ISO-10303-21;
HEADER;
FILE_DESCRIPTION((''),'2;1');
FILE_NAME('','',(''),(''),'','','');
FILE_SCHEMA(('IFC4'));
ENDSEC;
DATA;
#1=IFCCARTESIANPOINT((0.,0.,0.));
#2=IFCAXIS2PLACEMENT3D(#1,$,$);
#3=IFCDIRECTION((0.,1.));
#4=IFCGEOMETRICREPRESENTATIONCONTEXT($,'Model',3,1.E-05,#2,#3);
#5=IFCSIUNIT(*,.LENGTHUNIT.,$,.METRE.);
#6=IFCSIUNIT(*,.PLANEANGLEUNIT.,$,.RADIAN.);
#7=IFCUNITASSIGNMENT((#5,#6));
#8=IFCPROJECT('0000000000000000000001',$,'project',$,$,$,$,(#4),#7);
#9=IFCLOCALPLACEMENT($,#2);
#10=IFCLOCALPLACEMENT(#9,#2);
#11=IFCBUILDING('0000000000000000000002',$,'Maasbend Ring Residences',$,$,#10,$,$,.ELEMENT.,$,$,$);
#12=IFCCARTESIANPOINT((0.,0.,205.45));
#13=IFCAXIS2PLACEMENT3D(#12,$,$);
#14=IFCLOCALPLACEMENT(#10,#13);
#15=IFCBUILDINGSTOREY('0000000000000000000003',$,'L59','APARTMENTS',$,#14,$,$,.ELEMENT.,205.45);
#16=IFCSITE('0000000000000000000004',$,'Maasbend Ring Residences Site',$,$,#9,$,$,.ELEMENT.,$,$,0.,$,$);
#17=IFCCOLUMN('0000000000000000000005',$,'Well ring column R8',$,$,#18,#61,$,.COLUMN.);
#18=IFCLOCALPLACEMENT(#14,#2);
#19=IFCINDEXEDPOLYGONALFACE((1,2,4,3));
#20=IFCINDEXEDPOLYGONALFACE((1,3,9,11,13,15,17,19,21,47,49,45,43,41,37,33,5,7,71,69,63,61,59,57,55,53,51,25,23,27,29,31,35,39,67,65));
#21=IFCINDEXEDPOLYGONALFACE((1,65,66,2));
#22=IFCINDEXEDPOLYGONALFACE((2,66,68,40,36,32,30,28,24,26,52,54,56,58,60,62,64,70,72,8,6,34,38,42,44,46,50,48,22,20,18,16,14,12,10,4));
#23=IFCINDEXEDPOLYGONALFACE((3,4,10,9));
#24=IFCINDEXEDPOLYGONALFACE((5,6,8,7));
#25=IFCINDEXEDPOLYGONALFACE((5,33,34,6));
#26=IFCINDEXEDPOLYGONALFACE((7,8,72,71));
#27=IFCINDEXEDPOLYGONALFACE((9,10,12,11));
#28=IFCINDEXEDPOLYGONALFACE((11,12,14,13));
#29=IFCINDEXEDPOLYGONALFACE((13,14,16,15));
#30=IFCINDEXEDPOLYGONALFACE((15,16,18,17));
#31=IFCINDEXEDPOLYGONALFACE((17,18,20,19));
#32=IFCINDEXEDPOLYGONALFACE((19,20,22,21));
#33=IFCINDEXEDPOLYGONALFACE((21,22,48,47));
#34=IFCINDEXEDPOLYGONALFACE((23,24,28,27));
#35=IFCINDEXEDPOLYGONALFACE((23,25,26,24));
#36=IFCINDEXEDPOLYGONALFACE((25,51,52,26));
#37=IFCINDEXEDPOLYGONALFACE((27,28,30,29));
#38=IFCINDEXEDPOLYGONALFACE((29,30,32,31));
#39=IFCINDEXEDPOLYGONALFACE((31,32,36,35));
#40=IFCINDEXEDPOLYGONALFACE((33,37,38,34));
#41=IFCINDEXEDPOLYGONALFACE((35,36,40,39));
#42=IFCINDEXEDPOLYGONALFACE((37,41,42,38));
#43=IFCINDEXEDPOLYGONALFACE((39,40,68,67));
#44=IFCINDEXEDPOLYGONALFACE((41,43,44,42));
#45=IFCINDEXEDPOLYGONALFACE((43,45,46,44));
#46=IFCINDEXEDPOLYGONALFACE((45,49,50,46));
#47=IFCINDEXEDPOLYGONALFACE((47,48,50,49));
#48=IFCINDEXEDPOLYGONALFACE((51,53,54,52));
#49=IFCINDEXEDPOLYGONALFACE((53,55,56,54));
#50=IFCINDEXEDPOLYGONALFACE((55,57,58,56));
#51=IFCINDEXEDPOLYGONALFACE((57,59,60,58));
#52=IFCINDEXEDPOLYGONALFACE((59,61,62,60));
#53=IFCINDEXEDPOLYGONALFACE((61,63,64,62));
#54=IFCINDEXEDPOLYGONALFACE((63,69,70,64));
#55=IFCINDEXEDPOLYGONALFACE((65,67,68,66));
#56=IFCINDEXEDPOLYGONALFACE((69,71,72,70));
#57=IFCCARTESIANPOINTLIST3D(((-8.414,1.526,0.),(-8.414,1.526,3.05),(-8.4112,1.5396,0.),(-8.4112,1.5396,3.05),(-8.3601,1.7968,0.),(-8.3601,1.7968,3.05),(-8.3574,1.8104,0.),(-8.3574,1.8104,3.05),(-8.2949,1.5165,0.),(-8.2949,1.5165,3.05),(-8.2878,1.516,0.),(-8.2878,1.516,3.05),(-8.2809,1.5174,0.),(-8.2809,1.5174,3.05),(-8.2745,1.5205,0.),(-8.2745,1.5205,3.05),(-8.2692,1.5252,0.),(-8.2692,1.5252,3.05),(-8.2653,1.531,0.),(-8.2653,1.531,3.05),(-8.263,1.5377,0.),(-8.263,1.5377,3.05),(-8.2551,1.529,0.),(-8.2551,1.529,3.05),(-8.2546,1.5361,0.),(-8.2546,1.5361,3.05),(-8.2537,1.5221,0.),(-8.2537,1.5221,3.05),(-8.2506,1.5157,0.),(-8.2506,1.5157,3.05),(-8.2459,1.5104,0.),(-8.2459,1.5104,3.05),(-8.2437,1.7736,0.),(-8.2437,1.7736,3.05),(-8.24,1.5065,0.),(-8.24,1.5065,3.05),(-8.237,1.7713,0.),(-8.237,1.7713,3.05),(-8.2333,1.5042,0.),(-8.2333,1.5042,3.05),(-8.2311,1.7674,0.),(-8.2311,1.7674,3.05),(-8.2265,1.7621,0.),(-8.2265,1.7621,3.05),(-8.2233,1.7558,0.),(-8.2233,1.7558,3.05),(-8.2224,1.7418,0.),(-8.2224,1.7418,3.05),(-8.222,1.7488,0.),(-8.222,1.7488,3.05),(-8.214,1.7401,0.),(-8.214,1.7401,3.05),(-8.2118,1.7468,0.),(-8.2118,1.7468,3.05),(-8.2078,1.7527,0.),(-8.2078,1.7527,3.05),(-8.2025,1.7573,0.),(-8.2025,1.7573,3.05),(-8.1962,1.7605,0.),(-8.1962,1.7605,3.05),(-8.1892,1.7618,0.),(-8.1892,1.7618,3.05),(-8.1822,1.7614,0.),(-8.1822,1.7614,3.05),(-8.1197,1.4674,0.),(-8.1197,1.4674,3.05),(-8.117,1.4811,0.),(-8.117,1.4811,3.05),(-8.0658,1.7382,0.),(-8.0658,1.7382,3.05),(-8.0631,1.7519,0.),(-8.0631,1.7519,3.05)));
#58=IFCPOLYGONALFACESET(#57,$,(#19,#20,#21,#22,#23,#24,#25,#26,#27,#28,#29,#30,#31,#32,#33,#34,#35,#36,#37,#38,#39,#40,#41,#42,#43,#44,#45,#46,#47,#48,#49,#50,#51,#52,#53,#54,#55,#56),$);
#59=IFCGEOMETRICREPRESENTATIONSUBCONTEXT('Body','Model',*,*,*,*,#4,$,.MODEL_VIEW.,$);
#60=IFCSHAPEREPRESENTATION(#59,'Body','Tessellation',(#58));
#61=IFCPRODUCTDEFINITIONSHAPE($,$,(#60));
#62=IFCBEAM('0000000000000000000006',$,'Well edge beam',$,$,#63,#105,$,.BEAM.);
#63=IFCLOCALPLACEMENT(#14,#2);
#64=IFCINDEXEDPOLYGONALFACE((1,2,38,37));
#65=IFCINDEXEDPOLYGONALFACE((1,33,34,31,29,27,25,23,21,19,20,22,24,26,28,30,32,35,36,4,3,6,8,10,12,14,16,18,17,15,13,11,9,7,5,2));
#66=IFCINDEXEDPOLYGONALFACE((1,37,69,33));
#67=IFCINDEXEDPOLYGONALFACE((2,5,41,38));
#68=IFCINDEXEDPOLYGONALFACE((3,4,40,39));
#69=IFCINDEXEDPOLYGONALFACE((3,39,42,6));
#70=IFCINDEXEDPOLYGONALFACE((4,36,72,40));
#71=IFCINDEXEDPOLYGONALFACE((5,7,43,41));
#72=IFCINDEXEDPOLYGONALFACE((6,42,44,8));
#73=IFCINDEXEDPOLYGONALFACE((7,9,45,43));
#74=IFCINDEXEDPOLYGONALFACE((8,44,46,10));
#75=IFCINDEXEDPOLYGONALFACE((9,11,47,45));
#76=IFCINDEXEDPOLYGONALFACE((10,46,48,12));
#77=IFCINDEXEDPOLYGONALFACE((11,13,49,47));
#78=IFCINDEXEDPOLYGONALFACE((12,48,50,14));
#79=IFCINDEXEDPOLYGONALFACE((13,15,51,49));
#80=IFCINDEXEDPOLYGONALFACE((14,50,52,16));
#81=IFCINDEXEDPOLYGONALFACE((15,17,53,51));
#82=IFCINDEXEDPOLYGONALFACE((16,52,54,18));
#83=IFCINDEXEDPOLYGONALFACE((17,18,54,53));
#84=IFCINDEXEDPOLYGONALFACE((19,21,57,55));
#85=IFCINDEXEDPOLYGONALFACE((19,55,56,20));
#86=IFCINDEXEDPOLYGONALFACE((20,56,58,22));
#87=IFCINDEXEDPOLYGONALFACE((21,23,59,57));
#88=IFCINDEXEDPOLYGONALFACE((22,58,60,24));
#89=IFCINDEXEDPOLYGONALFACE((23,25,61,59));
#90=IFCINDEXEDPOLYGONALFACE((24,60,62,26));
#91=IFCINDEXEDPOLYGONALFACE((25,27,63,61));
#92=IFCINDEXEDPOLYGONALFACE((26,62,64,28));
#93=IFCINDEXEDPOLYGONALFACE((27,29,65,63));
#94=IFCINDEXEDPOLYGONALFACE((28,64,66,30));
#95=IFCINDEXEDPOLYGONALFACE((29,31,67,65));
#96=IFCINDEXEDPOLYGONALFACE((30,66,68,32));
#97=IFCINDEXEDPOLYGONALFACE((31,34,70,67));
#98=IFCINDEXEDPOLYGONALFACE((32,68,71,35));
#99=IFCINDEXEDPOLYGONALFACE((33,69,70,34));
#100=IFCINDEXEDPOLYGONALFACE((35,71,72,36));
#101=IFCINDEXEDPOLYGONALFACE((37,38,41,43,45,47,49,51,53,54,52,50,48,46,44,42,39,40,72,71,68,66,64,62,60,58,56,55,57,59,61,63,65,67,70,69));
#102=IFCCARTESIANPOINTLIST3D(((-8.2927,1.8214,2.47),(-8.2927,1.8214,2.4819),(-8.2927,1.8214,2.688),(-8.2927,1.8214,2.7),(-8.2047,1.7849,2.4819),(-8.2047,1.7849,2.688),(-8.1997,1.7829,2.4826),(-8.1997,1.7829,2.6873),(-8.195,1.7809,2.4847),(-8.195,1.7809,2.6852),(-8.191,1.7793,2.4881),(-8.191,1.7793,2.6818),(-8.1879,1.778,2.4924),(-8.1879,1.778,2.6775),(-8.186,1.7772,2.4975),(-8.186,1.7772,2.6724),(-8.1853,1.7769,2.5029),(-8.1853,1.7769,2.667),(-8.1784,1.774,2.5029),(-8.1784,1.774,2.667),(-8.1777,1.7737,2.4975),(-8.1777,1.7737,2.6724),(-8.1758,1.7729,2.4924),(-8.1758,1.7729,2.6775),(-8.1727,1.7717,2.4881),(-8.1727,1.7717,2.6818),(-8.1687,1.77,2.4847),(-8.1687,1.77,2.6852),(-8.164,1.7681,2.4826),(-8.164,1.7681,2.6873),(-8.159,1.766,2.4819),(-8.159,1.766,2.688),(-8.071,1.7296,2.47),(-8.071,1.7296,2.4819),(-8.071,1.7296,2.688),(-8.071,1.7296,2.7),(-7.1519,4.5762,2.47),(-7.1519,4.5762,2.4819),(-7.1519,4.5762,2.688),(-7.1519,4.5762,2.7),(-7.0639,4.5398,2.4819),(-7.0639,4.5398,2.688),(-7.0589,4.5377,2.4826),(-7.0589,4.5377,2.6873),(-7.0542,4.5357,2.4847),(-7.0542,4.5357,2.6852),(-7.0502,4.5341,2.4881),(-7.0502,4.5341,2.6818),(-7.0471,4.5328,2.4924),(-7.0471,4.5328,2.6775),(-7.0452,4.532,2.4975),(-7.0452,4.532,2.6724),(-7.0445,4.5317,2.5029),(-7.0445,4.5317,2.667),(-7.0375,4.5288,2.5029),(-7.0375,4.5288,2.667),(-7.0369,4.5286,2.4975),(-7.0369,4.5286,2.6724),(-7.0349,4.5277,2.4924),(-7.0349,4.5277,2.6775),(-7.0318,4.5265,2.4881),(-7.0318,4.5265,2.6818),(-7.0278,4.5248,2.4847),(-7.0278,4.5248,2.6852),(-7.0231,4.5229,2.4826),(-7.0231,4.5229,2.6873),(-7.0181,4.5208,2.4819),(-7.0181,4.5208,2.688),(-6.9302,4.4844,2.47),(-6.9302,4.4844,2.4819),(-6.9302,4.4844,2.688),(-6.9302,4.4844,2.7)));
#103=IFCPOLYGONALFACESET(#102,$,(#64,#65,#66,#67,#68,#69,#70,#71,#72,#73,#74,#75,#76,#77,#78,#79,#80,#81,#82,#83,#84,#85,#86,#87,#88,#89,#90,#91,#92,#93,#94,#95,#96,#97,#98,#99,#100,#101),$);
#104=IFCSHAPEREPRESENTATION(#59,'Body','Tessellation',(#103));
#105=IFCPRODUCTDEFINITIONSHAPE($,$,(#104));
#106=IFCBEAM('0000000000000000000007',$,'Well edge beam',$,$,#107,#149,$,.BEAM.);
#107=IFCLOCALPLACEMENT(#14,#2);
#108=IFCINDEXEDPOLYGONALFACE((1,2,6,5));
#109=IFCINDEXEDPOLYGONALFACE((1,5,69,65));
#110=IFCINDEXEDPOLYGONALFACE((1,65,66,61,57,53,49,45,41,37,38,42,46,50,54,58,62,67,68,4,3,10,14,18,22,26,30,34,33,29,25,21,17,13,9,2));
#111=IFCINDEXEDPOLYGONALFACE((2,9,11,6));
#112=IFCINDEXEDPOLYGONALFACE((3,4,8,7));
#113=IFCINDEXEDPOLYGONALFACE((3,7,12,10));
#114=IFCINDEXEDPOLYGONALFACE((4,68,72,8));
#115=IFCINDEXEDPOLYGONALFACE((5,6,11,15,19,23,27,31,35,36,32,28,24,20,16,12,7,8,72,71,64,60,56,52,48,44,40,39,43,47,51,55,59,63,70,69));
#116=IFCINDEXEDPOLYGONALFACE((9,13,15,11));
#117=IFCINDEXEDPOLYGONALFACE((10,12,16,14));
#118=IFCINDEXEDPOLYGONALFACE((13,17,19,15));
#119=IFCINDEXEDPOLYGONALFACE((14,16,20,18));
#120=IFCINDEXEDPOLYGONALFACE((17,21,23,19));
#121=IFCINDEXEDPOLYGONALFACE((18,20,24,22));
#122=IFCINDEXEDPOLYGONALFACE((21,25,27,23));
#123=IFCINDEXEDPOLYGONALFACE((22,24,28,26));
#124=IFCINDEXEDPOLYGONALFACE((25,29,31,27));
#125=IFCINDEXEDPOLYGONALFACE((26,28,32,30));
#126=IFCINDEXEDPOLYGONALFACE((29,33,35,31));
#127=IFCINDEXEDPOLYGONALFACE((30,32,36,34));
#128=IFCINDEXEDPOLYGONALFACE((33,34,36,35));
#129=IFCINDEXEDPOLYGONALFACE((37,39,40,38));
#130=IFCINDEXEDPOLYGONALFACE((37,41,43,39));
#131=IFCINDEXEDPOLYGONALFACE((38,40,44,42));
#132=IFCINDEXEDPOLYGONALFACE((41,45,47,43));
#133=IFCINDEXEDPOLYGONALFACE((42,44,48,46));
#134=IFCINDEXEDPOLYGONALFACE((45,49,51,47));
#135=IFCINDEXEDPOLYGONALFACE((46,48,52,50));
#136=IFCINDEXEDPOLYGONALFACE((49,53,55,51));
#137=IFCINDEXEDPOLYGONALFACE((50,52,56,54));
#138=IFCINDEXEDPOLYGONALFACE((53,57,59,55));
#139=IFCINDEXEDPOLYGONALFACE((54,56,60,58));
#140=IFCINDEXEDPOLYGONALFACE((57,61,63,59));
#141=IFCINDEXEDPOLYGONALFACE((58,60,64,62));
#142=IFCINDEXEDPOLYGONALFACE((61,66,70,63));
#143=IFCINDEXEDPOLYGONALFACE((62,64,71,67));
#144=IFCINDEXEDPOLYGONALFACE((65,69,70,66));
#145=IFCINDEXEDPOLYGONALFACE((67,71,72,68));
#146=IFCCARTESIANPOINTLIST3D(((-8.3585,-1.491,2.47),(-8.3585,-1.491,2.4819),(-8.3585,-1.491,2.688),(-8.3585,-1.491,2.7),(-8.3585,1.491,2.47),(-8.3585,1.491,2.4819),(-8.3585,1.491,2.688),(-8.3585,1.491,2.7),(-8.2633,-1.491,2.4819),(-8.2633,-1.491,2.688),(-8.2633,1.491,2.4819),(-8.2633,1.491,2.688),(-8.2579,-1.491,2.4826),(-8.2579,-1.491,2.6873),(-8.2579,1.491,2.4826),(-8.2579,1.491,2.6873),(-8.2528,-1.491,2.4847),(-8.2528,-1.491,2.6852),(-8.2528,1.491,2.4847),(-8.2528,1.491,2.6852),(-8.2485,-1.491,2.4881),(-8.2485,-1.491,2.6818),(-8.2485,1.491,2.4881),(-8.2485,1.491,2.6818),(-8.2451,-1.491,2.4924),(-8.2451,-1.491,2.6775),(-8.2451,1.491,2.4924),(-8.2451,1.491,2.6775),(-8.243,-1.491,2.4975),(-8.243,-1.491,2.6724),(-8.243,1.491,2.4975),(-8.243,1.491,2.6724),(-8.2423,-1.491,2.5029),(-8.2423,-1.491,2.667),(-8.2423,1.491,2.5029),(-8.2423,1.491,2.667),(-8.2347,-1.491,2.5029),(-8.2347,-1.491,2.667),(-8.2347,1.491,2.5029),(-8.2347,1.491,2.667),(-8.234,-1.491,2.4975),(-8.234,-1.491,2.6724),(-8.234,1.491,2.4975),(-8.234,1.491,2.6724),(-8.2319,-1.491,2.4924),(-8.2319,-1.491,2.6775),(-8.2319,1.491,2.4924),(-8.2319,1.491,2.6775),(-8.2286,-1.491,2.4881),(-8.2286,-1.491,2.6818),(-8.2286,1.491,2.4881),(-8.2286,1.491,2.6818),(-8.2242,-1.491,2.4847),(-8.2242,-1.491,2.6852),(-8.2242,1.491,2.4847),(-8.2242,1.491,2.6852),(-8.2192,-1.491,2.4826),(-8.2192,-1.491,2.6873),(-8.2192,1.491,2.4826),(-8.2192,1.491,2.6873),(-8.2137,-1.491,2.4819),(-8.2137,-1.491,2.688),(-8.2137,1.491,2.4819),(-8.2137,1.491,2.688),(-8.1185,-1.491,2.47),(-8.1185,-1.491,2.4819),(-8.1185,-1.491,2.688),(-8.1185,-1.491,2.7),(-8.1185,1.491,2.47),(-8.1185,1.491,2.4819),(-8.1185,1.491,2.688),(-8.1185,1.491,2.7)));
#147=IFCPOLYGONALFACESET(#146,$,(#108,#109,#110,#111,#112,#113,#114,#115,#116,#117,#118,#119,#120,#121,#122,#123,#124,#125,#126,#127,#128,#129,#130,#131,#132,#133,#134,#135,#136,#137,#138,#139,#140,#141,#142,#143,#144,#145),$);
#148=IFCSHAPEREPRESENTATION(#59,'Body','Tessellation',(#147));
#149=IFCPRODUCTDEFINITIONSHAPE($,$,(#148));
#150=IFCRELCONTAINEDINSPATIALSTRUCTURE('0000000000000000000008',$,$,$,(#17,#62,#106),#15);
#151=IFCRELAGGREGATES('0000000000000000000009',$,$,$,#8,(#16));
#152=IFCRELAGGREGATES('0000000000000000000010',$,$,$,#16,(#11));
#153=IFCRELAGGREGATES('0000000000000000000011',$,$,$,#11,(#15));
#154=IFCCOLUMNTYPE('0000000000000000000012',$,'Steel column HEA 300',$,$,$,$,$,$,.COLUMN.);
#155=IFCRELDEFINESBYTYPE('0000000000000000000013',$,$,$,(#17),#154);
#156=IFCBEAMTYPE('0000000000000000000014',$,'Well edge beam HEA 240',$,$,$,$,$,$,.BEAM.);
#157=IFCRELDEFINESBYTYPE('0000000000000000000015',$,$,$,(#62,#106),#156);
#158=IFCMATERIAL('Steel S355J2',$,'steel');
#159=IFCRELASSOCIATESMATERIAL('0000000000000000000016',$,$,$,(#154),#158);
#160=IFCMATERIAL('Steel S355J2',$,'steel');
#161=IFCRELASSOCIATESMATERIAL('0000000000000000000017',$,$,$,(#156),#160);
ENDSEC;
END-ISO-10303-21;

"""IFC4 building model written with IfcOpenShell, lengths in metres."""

from ifc_helpers import new_model, si_unit, direction, frame, origin, origin_2d, place, context, subcontext, project, spatial, i_section, extrude, material, material_profile, profile_set, type_object, element, save


model = new_model("IFC4")

# Units and contexts
model_context = context("Model", 3, precision=1e-05, world=origin(), true_north=direction((0.0, 1.0)))
body_context = subcontext(model_context, "Body", "Model", "MODEL_VIEW")
ifc_project = project(units=[si_unit("LENGTHUNIT", "METRE"), si_unit("PLANEANGLEUNIT", "RADIAN")], contexts=[model_context])

# Site, building, storey
site_placement = place(None, origin())
site = spatial("IfcSite", under=ifc_project, at=site_placement, Name="Maasbend Ring Residences Site", CompositionType="ELEMENT", RefElevation=0.0)
building_placement = place(site_placement, origin())
building = spatial("IfcBuilding", under=site, at=building_placement, Name="Maasbend Ring Residences", CompositionType="ELEMENT")
storey_placement = place(building_placement, frame((0.0, 0.0, 205.45)))
storey = spatial("IfcBuildingStorey", under=building, at=storey_placement, Name="L59", Description="APARTMENTS", CompositionType="ELEMENT", Elevation=205.45)

# Column
ifc_material_1 = material(Name="Steel S355J2", Category="steel")
ifc_material_profile_1 = material_profile(ifc_material_1, i_section(OverallWidth=0.3, OverallDepth=0.29, WebThickness=0.0085, FlangeThickness=0.0139, FilletRadius=0.0271, at=origin_2d()), Name="HEA 300")
ifc_profile_set_1 = profile_set([ifc_material_profile_1], Name="Steel S355J2")
column_type = type_object("IfcColumnType", Name="Steel column HEA 300", PredefinedType="COLUMN", material=ifc_profile_set_1)
column_placement = place(storey_placement, frame((-8.2385, 1.6389, 0.0), z_axis=(0.0, 0.0, 1.0), x_axis=(-0.980785, 0.19509, 0.0)))
element("IfcColumn", 1, at=column_placement, inside=storey, type_object=column_type, Name="Well ring column R8", PredefinedType="COLUMN", context=body_context, shape_type="SweptSolid", body=[
    extrude(i_section(OverallWidth=0.3, OverallDepth=0.29, WebThickness=0.0085, FlangeThickness=0.0139, FilletRadius=0.0271, at=origin_2d()), origin(), (0.0, 0.0, 1.0), 3.05),
])

# Beams
ifc_material_2 = material(Name="Steel S355J2", Category="steel")
ifc_material_profile_2 = material_profile(ifc_material_2, i_section(OverallWidth=0.24, OverallDepth=0.23, WebThickness=0.0076, FlangeThickness=0.012, FilletRadius=0.021, at=origin_2d()), Name="HEA 240")
ifc_profile_set_2 = profile_set([ifc_material_profile_2], Name="Steel S355J2")
beam_type = type_object("IfcBeamType", Name="Well edge beam HEA 240", PredefinedType="BEAM", material=ifc_profile_set_2)
beam_1_placement = place(storey_placement, frame((-7.041, 4.5303, 2.585), z_axis=(-0.382615, -0.923908, 0.0), x_axis=(0.923908, -0.382615, 0.0)))
element("IfcBeam", 2, at=beam_1_placement, inside=storey, type_object=beam_type, Name="Well edge beam", PredefinedType="BEAM", context=body_context, shape_type="SweptSolid", body=[
    extrude(i_section(OverallWidth=0.24, OverallDepth=0.23, WebThickness=0.0076, FlangeThickness=0.012, FilletRadius=0.021, at=origin_2d()), origin(), (0.0, 0.0, 1.0), 2.9817),
])
beam_2_placement = place(storey_placement, frame((-8.2385, 1.491, 2.585), z_axis=(0.0, -1.0, 0.0), x_axis=(1.0, 0.0, 0.0)))
element("IfcBeam", 3, at=beam_2_placement, inside=storey, type_object=beam_type, Name="Well edge beam", PredefinedType="BEAM", context=body_context, shape_type="SweptSolid", body=[
    extrude(i_section(OverallWidth=0.24, OverallDepth=0.23, WebThickness=0.0076, FlangeThickness=0.012, FilletRadius=0.021, at=origin_2d()), origin(), (0.0, 0.0, 1.0), 2.9819),
])

save(model, "model.ifc")
